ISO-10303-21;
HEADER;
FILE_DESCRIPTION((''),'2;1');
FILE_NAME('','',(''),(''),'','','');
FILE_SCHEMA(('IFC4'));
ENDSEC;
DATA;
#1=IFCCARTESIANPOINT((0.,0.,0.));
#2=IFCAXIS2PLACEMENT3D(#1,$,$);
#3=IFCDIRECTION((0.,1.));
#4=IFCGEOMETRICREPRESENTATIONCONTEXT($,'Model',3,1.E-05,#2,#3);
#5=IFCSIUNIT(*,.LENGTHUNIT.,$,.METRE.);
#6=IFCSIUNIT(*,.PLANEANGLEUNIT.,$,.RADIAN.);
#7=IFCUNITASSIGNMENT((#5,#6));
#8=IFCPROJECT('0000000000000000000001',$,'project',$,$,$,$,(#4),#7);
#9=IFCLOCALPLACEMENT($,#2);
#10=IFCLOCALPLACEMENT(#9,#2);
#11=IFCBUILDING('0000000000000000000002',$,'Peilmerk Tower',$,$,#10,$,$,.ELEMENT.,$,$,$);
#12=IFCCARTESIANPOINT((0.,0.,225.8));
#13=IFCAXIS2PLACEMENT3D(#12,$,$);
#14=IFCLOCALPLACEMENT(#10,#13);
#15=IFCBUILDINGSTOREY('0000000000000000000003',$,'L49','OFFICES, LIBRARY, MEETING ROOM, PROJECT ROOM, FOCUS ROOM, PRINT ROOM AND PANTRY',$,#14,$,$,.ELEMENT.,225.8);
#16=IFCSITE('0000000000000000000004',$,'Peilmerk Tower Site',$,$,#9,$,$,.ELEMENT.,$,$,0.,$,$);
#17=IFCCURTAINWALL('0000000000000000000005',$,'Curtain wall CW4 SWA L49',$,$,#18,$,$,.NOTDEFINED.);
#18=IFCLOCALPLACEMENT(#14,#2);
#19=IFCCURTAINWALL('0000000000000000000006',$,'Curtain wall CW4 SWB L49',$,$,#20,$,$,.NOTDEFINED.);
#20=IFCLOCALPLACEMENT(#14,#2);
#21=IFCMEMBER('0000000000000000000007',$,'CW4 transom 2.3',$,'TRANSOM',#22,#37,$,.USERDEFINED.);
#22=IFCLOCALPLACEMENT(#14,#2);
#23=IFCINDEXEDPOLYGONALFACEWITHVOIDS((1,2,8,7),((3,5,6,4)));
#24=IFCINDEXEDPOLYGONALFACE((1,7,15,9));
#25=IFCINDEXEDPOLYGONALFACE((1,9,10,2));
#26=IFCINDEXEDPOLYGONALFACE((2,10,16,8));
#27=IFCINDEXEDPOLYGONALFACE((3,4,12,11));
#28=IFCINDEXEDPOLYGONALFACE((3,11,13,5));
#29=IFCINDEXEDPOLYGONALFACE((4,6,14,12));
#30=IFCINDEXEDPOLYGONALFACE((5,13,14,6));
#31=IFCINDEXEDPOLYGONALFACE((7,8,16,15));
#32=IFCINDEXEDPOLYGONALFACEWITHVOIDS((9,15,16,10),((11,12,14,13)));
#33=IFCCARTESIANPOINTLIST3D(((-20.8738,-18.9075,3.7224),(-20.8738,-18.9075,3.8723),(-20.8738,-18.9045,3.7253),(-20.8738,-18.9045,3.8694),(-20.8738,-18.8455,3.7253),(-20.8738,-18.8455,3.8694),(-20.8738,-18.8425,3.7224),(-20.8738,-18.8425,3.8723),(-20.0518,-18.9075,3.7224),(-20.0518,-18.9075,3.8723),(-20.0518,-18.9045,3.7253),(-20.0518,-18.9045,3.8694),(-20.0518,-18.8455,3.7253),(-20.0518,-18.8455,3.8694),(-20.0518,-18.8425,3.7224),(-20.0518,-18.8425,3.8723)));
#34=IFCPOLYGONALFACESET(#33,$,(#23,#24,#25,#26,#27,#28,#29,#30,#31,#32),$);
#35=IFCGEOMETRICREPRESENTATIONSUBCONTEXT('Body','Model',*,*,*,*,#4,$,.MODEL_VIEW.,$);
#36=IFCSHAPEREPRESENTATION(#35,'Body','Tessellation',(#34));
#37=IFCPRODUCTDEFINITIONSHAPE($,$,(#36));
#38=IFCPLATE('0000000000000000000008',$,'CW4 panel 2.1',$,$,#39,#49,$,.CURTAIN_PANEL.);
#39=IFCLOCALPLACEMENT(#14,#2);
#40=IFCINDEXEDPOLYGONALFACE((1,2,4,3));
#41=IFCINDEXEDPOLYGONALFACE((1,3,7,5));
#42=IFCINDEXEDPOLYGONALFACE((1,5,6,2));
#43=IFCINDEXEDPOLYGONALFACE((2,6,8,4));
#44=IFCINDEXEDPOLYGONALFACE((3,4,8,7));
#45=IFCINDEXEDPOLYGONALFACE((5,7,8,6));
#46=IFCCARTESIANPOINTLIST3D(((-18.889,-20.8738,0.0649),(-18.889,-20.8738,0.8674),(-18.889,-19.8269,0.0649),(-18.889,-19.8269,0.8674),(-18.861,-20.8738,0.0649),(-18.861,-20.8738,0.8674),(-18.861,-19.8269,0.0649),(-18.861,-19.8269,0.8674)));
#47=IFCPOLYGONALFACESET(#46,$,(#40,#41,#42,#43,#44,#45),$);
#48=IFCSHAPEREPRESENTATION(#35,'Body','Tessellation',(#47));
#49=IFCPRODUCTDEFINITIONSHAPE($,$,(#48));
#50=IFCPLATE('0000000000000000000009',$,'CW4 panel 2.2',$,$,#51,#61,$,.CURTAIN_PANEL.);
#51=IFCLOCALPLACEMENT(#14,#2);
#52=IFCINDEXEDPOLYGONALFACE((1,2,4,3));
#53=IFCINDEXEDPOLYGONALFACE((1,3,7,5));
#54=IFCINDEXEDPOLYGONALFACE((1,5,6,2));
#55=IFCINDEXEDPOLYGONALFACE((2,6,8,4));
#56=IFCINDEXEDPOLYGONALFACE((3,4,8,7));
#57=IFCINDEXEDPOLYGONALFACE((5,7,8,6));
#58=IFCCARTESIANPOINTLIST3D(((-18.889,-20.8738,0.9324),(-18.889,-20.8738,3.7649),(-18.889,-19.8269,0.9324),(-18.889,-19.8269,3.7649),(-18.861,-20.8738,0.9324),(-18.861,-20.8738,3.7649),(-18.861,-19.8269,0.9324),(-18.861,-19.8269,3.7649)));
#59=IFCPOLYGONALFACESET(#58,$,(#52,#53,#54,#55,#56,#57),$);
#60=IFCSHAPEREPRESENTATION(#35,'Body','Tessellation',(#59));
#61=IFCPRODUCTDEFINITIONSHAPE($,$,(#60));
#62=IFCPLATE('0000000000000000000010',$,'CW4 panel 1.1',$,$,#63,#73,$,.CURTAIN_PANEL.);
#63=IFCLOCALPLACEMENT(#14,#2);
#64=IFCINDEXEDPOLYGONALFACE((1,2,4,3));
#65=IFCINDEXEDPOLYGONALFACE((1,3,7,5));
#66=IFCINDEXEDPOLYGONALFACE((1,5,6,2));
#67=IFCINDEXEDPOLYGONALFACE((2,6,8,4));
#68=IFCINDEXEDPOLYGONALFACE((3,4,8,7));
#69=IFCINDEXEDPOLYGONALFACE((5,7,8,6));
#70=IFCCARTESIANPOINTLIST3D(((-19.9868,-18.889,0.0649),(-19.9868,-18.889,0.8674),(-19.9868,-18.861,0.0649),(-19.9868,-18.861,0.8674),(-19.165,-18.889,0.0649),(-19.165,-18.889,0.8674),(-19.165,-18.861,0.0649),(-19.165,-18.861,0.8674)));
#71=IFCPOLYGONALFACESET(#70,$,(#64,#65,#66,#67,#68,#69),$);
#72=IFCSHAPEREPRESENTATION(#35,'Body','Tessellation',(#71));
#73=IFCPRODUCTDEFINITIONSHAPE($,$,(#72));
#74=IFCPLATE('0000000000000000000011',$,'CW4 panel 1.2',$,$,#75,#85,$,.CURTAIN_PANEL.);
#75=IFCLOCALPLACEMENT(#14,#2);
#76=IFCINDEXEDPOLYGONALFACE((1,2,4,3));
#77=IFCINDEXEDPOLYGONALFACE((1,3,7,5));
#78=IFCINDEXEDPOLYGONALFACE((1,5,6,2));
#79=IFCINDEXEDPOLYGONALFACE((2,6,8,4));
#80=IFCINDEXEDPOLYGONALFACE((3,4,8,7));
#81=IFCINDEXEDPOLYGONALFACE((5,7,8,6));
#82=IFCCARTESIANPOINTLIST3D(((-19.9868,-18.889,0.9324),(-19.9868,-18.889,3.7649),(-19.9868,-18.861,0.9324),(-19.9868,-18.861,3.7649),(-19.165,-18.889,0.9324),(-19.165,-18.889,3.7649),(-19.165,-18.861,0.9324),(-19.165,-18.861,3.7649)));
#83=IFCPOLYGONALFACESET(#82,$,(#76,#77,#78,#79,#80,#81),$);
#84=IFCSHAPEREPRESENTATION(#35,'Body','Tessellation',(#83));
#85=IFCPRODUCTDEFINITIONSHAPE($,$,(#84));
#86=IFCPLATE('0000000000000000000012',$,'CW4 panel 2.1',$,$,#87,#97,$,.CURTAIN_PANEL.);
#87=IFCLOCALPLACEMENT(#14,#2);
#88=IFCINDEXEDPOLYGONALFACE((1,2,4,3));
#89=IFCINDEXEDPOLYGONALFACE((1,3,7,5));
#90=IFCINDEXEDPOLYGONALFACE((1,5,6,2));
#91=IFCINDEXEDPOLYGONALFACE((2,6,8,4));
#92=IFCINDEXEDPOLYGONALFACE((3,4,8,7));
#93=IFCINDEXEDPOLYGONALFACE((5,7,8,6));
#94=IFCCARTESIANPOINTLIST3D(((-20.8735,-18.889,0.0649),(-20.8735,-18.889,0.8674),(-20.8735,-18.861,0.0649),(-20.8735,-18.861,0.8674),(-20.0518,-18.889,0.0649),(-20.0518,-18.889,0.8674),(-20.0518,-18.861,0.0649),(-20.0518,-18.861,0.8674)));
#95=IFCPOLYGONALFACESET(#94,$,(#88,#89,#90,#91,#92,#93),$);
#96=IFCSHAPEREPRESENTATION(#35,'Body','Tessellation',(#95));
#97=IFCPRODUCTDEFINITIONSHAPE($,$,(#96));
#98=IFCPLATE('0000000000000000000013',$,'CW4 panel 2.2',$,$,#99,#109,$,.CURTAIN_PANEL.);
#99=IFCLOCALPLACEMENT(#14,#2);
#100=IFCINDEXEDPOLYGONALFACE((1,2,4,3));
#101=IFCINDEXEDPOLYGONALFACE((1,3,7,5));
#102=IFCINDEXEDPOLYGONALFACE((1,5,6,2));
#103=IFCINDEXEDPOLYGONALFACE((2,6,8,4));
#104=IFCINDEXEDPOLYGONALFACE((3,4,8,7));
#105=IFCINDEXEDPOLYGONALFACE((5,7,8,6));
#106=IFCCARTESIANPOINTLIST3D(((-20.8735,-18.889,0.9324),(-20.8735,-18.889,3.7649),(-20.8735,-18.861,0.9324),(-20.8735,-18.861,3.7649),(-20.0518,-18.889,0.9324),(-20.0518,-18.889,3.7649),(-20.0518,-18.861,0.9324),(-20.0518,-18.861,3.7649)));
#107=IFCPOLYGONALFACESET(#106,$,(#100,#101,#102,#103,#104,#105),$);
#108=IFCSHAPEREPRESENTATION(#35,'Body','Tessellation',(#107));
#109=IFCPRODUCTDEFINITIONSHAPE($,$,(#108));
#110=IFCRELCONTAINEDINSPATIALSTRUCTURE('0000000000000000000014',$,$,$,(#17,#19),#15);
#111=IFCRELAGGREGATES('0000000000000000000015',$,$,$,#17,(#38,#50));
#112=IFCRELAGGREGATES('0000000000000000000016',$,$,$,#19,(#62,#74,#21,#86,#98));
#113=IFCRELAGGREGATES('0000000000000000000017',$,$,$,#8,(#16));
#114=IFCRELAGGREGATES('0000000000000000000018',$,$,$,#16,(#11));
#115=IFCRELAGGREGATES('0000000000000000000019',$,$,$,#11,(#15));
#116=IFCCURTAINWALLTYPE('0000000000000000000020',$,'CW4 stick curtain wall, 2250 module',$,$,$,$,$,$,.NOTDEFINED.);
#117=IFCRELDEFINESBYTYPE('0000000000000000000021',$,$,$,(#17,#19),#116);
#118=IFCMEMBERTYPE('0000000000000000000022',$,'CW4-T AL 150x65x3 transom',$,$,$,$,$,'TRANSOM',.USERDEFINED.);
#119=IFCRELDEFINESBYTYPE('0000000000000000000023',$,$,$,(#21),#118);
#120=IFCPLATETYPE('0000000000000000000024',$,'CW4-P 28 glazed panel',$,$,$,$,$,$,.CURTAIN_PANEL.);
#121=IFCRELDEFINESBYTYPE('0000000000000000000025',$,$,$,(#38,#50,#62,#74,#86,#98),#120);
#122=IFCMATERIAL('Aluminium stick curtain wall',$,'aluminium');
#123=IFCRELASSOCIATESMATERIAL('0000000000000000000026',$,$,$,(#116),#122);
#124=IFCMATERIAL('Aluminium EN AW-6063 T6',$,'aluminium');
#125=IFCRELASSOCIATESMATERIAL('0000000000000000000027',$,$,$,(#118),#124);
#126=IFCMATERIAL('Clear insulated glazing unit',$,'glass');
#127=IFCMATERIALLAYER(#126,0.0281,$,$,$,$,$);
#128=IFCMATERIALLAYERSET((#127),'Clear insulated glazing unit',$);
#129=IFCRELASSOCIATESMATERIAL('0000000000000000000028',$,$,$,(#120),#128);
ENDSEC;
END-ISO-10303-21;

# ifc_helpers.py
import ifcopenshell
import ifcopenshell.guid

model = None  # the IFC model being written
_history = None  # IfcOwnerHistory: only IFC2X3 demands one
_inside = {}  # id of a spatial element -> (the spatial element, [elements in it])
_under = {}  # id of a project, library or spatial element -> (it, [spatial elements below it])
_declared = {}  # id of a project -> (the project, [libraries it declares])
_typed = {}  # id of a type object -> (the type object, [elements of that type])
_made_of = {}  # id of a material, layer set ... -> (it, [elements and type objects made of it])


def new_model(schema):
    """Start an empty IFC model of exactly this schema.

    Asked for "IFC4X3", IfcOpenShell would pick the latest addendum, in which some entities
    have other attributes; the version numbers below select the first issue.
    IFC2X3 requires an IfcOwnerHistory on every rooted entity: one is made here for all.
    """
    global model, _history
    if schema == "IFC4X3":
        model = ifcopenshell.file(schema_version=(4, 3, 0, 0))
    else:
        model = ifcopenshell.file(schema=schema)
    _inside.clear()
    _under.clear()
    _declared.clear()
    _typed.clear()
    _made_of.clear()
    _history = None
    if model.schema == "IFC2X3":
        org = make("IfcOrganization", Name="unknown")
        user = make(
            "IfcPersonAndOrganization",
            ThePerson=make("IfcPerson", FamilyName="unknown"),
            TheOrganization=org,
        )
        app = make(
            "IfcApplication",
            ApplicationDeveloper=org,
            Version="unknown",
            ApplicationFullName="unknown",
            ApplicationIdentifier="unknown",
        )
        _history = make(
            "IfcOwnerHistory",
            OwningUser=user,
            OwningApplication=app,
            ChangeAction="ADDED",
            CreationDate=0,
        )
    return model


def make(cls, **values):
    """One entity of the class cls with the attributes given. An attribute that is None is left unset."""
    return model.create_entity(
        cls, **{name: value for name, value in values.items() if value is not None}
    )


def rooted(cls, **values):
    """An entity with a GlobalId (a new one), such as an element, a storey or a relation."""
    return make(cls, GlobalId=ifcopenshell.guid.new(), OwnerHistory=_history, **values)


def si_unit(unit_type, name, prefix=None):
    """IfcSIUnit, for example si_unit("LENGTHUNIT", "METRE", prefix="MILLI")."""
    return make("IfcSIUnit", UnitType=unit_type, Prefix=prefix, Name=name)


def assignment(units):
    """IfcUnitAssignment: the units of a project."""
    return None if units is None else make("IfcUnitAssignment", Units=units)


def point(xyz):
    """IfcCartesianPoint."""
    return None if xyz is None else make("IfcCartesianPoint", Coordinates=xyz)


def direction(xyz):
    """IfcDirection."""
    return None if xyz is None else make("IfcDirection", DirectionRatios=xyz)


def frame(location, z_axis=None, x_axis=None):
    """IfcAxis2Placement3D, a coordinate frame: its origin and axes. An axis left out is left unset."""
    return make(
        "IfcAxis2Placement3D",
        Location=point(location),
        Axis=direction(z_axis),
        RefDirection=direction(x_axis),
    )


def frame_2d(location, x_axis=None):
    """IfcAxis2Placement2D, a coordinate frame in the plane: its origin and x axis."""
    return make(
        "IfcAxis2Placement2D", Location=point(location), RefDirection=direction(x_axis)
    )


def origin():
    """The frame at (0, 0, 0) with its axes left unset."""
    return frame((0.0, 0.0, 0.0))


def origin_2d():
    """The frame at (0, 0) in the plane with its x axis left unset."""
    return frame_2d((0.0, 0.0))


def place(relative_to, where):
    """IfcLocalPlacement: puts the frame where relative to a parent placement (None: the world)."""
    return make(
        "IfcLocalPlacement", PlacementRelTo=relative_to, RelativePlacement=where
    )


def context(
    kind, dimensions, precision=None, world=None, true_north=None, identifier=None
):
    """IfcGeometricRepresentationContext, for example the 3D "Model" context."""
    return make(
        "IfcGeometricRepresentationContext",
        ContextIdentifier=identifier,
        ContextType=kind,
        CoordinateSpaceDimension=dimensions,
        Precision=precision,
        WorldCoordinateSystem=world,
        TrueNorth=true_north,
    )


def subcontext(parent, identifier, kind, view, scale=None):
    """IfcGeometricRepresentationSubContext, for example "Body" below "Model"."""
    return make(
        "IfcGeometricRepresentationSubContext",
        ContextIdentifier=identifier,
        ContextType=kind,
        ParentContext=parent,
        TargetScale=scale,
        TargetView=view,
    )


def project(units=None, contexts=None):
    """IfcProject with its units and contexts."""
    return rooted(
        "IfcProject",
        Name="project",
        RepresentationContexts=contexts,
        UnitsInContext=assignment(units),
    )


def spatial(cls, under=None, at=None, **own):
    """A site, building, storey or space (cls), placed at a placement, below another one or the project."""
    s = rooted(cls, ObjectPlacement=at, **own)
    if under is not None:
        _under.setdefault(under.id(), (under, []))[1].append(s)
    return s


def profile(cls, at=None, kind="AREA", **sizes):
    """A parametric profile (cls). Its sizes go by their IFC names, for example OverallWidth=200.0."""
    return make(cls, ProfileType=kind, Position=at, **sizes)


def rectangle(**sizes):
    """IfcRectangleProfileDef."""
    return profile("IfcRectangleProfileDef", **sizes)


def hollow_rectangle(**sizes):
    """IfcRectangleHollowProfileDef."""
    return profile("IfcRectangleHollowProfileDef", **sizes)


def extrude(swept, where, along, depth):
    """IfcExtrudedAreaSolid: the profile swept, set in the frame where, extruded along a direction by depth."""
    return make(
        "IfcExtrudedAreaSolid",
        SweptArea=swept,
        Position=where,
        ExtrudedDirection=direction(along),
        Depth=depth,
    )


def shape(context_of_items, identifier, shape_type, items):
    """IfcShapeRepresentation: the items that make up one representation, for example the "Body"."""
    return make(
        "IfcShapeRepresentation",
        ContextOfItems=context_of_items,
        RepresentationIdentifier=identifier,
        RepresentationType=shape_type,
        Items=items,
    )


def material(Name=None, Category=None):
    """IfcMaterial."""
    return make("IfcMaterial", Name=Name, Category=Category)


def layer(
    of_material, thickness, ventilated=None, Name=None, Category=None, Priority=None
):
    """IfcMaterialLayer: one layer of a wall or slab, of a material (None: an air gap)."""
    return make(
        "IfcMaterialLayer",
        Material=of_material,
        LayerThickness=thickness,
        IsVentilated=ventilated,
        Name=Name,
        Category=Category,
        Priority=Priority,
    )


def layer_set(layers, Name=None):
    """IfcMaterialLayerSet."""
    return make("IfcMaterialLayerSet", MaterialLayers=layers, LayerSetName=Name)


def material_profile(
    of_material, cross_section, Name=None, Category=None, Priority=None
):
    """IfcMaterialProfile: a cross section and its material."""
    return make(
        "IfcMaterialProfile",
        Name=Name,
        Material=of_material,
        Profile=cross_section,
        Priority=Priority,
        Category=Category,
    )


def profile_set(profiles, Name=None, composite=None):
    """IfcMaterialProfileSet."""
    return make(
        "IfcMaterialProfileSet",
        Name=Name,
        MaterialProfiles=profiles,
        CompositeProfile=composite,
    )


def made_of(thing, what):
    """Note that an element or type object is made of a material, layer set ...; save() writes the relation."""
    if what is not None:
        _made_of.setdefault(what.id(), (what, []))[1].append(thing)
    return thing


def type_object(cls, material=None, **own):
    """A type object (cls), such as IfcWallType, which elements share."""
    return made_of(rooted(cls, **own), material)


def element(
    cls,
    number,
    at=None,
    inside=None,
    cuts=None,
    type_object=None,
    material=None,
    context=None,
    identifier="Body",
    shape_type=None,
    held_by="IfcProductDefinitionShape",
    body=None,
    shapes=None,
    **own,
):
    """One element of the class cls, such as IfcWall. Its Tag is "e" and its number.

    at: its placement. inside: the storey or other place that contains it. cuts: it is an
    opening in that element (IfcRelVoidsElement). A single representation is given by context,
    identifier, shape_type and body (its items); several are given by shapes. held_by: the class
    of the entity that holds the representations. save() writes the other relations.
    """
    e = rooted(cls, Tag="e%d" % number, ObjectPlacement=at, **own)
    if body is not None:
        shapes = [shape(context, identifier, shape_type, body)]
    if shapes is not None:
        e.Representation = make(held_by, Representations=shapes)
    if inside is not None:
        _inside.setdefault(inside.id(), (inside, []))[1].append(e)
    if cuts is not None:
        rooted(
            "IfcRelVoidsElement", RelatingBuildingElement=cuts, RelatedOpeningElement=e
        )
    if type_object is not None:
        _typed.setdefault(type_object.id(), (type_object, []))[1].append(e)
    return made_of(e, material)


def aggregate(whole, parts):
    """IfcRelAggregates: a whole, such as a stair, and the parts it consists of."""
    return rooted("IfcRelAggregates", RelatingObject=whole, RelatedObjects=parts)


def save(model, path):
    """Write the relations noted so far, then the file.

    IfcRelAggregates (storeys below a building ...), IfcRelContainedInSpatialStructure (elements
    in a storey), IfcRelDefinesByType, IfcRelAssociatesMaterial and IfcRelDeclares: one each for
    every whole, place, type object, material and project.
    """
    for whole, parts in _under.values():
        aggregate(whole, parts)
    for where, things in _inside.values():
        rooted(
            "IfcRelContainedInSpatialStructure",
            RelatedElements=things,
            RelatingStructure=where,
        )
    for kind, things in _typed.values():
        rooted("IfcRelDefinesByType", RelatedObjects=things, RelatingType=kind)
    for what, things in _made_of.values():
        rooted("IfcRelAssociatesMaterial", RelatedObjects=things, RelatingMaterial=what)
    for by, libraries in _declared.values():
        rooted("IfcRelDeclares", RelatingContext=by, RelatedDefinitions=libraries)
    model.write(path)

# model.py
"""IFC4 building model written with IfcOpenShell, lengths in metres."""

from ifc_helpers import new_model, si_unit, direction, frame, origin, origin_2d, place, context, subcontext, project, spatial, rectangle, hollow_rectangle, extrude, material, layer, layer_set, material_profile, profile_set, type_object, element, aggregate, save


model = new_model("IFC4")

# Units and contexts
model_context = context("Model", 3, precision=1e-05, world=origin(), true_north=direction((0.0, 1.0)))
body_context = subcontext(model_context, "Body", "Model", "MODEL_VIEW")
ifc_project = project(units=[si_unit("LENGTHUNIT", "METRE"), si_unit("PLANEANGLEUNIT", "RADIAN")], contexts=[model_context])

# Site, building, storey
site_placement = place(None, origin())
site = spatial("IfcSite", under=ifc_project, at=site_placement, Name="Peilmerk Tower Site", CompositionType="ELEMENT", RefElevation=0.0)
building_placement = place(site_placement, origin())
building = spatial("IfcBuilding", under=site, at=building_placement, Name="Peilmerk Tower", CompositionType="ELEMENT")
storey_placement = place(building_placement, frame((0.0, 0.0, 225.8)))
storey = spatial("IfcBuildingStorey", under=building, at=storey_placement, Name="L49", Description="OFFICES, LIBRARY, MEETING ROOM, PROJECT ROOM, FOCUS ROOM, PRINT ROOM AND PANTRY", CompositionType="ELEMENT", Elevation=225.8)

# Curtain wall
ifc_material_1 = material(Name="Aluminium stick curtain wall", Category="aluminium")
curtain_wall_type = type_object("IfcCurtainWallType", Name="CW4 stick curtain wall, 2250 module", PredefinedType="NOTDEFINED", material=ifc_material_1)
curtain_wall_1_placement = place(storey_placement, origin())
curtain_wall_1 = element("IfcCurtainWall", 1, at=curtain_wall_1_placement, inside=storey, type_object=curtain_wall_type, Name="Curtain wall CW4 SWA L49", PredefinedType="NOTDEFINED")
ifc_material_2 = material(Name="Aluminium EN AW-6063 T6", Category="aluminium")

# Curtain wall
curtain_wall_2_placement = place(storey_placement, origin())
curtain_wall_2 = element("IfcCurtainWall", 2, at=curtain_wall_2_placement, inside=storey, type_object=curtain_wall_type, Name="Curtain wall CW4 SWB L49", PredefinedType="NOTDEFINED")

# Member
ifc_material_profile_1 = material_profile(ifc_material_2, hollow_rectangle(XDim=0.0649, YDim=0.1499, WallThickness=0.0029, at=origin_2d()), Name="AL 150x65x3")
ifc_profile_set_1 = profile_set([ifc_material_profile_1], Name="Aluminium EN AW-6063 T6")
member_type_1 = type_object("IfcMemberType", Name="CW4-T AL 150x65x3 transom", ElementType="TRANSOM", PredefinedType="USERDEFINED", material=ifc_profile_set_1)
member_1_placement = place(storey_placement, frame((-20.0518, -18.875, 3.7974), z_axis=(-1.0, 0.0, 0.0), x_axis=(0.0, -1.0, 0.0)))
member_1 = element("IfcMember", 3, at=member_1_placement, type_object=member_type_1, Name="CW4 transom 2.3", ObjectType="TRANSOM", PredefinedType="USERDEFINED", context=body_context, shape_type="SweptSolid", body=[
    extrude(hollow_rectangle(XDim=0.0649, YDim=0.1499, WallThickness=0.0029, at=origin_2d()), origin(), (0.0, 0.0, 1.0), 0.822),
])

# Plates
ifc_material_3 = material(Name="Clear insulated glazing unit", Category="glass")
ifc_layer_1 = layer(ifc_material_3, 0.0281)
ifc_layer_set_1 = layer_set([ifc_layer_1], Name="Clear insulated glazing unit")
plate_type = type_object("IfcPlateType", Name="CW4-P 28 glazed panel", PredefinedType="CURTAIN_PANEL", material=ifc_layer_set_1)
plate_1_placement = place(storey_placement, frame((-18.875, -20.3503, 0.0649), z_axis=(0.0, 0.0, 1.0), x_axis=(0.0, -1.0, 0.0)))
plate_1 = element("IfcPlate", 4, at=plate_1_placement, type_object=plate_type, Name="CW4 panel 2.1", PredefinedType="CURTAIN_PANEL", context=body_context, shape_type="SweptSolid", body=[
    extrude(rectangle(XDim=1.0469, YDim=0.0281, at=origin_2d()), origin(), (0.0, 0.0, 1.0), 0.8025),
])
plate_2_placement = place(storey_placement, frame((-18.875, -20.3503, 0.9324), z_axis=(0.0, 0.0, 1.0), x_axis=(0.0, -1.0, 0.0)))
plate_2 = element("IfcPlate", 5, at=plate_2_placement, type_object=plate_type, Name="CW4 panel 2.2", PredefinedType="CURTAIN_PANEL", context=body_context, shape_type="SweptSolid", body=[
    extrude(rectangle(XDim=1.0469, YDim=0.0281, at=origin_2d()), origin(), (0.0, 0.0, 1.0), 2.8325),
])
aggregate(curtain_wall_1, [plate_1, plate_2])
plate_3_placement = place(storey_placement, frame((-19.5759, -18.875, 0.0649), z_axis=(0.0, 0.0, 1.0), x_axis=(-1.0, 0.0, 0.0)))
plate_3 = element("IfcPlate", 6, at=plate_3_placement, type_object=plate_type, Name="CW4 panel 1.1", PredefinedType="CURTAIN_PANEL", context=body_context, shape_type="SweptSolid", body=[
    extrude(rectangle(XDim=0.8218, YDim=0.0281, at=origin_2d()), origin(), (0.0, 0.0, 1.0), 0.8025),
])
plate_4_placement = place(storey_placement, frame((-19.5759, -18.875, 0.9324), z_axis=(0.0, 0.0, 1.0), x_axis=(-1.0, 0.0, 0.0)))
plate_4 = element("IfcPlate", 7, at=plate_4_placement, type_object=plate_type, Name="CW4 panel 1.2", PredefinedType="CURTAIN_PANEL", context=body_context, shape_type="SweptSolid", body=[
    extrude(rectangle(XDim=0.8218, YDim=0.0281, at=origin_2d()), origin(), (0.0, 0.0, 1.0), 2.8325),
])
plate_5_placement = place(storey_placement, frame((-20.4626, -18.875, 0.0649), z_axis=(0.0, 0.0, 1.0), x_axis=(-1.0, 0.0, 0.0)))
plate_5 = element("IfcPlate", 8, at=plate_5_placement, type_object=plate_type, Name="CW4 panel 2.1", PredefinedType="CURTAIN_PANEL", context=body_context, shape_type="SweptSolid", body=[
    extrude(rectangle(XDim=0.8218, YDim=0.0281, at=origin_2d()), origin(), (0.0, 0.0, 1.0), 0.8025),
])
plate_6_placement = place(storey_placement, frame((-20.4626, -18.875, 0.9324), z_axis=(0.0, 0.0, 1.0), x_axis=(-1.0, 0.0, 0.0)))
plate_6 = element("IfcPlate", 9, at=plate_6_placement, type_object=plate_type, Name="CW4 panel 2.2", PredefinedType="CURTAIN_PANEL", context=body_context, shape_type="SweptSolid", body=[
    extrude(rectangle(XDim=0.8218, YDim=0.0281, at=origin_2d()), origin(), (0.0, 0.0, 1.0), 2.8325),
])
aggregate(curtain_wall_2, [plate_3, plate_4, member_1, plate_5, plate_6])

save(model, "model.ifc")
